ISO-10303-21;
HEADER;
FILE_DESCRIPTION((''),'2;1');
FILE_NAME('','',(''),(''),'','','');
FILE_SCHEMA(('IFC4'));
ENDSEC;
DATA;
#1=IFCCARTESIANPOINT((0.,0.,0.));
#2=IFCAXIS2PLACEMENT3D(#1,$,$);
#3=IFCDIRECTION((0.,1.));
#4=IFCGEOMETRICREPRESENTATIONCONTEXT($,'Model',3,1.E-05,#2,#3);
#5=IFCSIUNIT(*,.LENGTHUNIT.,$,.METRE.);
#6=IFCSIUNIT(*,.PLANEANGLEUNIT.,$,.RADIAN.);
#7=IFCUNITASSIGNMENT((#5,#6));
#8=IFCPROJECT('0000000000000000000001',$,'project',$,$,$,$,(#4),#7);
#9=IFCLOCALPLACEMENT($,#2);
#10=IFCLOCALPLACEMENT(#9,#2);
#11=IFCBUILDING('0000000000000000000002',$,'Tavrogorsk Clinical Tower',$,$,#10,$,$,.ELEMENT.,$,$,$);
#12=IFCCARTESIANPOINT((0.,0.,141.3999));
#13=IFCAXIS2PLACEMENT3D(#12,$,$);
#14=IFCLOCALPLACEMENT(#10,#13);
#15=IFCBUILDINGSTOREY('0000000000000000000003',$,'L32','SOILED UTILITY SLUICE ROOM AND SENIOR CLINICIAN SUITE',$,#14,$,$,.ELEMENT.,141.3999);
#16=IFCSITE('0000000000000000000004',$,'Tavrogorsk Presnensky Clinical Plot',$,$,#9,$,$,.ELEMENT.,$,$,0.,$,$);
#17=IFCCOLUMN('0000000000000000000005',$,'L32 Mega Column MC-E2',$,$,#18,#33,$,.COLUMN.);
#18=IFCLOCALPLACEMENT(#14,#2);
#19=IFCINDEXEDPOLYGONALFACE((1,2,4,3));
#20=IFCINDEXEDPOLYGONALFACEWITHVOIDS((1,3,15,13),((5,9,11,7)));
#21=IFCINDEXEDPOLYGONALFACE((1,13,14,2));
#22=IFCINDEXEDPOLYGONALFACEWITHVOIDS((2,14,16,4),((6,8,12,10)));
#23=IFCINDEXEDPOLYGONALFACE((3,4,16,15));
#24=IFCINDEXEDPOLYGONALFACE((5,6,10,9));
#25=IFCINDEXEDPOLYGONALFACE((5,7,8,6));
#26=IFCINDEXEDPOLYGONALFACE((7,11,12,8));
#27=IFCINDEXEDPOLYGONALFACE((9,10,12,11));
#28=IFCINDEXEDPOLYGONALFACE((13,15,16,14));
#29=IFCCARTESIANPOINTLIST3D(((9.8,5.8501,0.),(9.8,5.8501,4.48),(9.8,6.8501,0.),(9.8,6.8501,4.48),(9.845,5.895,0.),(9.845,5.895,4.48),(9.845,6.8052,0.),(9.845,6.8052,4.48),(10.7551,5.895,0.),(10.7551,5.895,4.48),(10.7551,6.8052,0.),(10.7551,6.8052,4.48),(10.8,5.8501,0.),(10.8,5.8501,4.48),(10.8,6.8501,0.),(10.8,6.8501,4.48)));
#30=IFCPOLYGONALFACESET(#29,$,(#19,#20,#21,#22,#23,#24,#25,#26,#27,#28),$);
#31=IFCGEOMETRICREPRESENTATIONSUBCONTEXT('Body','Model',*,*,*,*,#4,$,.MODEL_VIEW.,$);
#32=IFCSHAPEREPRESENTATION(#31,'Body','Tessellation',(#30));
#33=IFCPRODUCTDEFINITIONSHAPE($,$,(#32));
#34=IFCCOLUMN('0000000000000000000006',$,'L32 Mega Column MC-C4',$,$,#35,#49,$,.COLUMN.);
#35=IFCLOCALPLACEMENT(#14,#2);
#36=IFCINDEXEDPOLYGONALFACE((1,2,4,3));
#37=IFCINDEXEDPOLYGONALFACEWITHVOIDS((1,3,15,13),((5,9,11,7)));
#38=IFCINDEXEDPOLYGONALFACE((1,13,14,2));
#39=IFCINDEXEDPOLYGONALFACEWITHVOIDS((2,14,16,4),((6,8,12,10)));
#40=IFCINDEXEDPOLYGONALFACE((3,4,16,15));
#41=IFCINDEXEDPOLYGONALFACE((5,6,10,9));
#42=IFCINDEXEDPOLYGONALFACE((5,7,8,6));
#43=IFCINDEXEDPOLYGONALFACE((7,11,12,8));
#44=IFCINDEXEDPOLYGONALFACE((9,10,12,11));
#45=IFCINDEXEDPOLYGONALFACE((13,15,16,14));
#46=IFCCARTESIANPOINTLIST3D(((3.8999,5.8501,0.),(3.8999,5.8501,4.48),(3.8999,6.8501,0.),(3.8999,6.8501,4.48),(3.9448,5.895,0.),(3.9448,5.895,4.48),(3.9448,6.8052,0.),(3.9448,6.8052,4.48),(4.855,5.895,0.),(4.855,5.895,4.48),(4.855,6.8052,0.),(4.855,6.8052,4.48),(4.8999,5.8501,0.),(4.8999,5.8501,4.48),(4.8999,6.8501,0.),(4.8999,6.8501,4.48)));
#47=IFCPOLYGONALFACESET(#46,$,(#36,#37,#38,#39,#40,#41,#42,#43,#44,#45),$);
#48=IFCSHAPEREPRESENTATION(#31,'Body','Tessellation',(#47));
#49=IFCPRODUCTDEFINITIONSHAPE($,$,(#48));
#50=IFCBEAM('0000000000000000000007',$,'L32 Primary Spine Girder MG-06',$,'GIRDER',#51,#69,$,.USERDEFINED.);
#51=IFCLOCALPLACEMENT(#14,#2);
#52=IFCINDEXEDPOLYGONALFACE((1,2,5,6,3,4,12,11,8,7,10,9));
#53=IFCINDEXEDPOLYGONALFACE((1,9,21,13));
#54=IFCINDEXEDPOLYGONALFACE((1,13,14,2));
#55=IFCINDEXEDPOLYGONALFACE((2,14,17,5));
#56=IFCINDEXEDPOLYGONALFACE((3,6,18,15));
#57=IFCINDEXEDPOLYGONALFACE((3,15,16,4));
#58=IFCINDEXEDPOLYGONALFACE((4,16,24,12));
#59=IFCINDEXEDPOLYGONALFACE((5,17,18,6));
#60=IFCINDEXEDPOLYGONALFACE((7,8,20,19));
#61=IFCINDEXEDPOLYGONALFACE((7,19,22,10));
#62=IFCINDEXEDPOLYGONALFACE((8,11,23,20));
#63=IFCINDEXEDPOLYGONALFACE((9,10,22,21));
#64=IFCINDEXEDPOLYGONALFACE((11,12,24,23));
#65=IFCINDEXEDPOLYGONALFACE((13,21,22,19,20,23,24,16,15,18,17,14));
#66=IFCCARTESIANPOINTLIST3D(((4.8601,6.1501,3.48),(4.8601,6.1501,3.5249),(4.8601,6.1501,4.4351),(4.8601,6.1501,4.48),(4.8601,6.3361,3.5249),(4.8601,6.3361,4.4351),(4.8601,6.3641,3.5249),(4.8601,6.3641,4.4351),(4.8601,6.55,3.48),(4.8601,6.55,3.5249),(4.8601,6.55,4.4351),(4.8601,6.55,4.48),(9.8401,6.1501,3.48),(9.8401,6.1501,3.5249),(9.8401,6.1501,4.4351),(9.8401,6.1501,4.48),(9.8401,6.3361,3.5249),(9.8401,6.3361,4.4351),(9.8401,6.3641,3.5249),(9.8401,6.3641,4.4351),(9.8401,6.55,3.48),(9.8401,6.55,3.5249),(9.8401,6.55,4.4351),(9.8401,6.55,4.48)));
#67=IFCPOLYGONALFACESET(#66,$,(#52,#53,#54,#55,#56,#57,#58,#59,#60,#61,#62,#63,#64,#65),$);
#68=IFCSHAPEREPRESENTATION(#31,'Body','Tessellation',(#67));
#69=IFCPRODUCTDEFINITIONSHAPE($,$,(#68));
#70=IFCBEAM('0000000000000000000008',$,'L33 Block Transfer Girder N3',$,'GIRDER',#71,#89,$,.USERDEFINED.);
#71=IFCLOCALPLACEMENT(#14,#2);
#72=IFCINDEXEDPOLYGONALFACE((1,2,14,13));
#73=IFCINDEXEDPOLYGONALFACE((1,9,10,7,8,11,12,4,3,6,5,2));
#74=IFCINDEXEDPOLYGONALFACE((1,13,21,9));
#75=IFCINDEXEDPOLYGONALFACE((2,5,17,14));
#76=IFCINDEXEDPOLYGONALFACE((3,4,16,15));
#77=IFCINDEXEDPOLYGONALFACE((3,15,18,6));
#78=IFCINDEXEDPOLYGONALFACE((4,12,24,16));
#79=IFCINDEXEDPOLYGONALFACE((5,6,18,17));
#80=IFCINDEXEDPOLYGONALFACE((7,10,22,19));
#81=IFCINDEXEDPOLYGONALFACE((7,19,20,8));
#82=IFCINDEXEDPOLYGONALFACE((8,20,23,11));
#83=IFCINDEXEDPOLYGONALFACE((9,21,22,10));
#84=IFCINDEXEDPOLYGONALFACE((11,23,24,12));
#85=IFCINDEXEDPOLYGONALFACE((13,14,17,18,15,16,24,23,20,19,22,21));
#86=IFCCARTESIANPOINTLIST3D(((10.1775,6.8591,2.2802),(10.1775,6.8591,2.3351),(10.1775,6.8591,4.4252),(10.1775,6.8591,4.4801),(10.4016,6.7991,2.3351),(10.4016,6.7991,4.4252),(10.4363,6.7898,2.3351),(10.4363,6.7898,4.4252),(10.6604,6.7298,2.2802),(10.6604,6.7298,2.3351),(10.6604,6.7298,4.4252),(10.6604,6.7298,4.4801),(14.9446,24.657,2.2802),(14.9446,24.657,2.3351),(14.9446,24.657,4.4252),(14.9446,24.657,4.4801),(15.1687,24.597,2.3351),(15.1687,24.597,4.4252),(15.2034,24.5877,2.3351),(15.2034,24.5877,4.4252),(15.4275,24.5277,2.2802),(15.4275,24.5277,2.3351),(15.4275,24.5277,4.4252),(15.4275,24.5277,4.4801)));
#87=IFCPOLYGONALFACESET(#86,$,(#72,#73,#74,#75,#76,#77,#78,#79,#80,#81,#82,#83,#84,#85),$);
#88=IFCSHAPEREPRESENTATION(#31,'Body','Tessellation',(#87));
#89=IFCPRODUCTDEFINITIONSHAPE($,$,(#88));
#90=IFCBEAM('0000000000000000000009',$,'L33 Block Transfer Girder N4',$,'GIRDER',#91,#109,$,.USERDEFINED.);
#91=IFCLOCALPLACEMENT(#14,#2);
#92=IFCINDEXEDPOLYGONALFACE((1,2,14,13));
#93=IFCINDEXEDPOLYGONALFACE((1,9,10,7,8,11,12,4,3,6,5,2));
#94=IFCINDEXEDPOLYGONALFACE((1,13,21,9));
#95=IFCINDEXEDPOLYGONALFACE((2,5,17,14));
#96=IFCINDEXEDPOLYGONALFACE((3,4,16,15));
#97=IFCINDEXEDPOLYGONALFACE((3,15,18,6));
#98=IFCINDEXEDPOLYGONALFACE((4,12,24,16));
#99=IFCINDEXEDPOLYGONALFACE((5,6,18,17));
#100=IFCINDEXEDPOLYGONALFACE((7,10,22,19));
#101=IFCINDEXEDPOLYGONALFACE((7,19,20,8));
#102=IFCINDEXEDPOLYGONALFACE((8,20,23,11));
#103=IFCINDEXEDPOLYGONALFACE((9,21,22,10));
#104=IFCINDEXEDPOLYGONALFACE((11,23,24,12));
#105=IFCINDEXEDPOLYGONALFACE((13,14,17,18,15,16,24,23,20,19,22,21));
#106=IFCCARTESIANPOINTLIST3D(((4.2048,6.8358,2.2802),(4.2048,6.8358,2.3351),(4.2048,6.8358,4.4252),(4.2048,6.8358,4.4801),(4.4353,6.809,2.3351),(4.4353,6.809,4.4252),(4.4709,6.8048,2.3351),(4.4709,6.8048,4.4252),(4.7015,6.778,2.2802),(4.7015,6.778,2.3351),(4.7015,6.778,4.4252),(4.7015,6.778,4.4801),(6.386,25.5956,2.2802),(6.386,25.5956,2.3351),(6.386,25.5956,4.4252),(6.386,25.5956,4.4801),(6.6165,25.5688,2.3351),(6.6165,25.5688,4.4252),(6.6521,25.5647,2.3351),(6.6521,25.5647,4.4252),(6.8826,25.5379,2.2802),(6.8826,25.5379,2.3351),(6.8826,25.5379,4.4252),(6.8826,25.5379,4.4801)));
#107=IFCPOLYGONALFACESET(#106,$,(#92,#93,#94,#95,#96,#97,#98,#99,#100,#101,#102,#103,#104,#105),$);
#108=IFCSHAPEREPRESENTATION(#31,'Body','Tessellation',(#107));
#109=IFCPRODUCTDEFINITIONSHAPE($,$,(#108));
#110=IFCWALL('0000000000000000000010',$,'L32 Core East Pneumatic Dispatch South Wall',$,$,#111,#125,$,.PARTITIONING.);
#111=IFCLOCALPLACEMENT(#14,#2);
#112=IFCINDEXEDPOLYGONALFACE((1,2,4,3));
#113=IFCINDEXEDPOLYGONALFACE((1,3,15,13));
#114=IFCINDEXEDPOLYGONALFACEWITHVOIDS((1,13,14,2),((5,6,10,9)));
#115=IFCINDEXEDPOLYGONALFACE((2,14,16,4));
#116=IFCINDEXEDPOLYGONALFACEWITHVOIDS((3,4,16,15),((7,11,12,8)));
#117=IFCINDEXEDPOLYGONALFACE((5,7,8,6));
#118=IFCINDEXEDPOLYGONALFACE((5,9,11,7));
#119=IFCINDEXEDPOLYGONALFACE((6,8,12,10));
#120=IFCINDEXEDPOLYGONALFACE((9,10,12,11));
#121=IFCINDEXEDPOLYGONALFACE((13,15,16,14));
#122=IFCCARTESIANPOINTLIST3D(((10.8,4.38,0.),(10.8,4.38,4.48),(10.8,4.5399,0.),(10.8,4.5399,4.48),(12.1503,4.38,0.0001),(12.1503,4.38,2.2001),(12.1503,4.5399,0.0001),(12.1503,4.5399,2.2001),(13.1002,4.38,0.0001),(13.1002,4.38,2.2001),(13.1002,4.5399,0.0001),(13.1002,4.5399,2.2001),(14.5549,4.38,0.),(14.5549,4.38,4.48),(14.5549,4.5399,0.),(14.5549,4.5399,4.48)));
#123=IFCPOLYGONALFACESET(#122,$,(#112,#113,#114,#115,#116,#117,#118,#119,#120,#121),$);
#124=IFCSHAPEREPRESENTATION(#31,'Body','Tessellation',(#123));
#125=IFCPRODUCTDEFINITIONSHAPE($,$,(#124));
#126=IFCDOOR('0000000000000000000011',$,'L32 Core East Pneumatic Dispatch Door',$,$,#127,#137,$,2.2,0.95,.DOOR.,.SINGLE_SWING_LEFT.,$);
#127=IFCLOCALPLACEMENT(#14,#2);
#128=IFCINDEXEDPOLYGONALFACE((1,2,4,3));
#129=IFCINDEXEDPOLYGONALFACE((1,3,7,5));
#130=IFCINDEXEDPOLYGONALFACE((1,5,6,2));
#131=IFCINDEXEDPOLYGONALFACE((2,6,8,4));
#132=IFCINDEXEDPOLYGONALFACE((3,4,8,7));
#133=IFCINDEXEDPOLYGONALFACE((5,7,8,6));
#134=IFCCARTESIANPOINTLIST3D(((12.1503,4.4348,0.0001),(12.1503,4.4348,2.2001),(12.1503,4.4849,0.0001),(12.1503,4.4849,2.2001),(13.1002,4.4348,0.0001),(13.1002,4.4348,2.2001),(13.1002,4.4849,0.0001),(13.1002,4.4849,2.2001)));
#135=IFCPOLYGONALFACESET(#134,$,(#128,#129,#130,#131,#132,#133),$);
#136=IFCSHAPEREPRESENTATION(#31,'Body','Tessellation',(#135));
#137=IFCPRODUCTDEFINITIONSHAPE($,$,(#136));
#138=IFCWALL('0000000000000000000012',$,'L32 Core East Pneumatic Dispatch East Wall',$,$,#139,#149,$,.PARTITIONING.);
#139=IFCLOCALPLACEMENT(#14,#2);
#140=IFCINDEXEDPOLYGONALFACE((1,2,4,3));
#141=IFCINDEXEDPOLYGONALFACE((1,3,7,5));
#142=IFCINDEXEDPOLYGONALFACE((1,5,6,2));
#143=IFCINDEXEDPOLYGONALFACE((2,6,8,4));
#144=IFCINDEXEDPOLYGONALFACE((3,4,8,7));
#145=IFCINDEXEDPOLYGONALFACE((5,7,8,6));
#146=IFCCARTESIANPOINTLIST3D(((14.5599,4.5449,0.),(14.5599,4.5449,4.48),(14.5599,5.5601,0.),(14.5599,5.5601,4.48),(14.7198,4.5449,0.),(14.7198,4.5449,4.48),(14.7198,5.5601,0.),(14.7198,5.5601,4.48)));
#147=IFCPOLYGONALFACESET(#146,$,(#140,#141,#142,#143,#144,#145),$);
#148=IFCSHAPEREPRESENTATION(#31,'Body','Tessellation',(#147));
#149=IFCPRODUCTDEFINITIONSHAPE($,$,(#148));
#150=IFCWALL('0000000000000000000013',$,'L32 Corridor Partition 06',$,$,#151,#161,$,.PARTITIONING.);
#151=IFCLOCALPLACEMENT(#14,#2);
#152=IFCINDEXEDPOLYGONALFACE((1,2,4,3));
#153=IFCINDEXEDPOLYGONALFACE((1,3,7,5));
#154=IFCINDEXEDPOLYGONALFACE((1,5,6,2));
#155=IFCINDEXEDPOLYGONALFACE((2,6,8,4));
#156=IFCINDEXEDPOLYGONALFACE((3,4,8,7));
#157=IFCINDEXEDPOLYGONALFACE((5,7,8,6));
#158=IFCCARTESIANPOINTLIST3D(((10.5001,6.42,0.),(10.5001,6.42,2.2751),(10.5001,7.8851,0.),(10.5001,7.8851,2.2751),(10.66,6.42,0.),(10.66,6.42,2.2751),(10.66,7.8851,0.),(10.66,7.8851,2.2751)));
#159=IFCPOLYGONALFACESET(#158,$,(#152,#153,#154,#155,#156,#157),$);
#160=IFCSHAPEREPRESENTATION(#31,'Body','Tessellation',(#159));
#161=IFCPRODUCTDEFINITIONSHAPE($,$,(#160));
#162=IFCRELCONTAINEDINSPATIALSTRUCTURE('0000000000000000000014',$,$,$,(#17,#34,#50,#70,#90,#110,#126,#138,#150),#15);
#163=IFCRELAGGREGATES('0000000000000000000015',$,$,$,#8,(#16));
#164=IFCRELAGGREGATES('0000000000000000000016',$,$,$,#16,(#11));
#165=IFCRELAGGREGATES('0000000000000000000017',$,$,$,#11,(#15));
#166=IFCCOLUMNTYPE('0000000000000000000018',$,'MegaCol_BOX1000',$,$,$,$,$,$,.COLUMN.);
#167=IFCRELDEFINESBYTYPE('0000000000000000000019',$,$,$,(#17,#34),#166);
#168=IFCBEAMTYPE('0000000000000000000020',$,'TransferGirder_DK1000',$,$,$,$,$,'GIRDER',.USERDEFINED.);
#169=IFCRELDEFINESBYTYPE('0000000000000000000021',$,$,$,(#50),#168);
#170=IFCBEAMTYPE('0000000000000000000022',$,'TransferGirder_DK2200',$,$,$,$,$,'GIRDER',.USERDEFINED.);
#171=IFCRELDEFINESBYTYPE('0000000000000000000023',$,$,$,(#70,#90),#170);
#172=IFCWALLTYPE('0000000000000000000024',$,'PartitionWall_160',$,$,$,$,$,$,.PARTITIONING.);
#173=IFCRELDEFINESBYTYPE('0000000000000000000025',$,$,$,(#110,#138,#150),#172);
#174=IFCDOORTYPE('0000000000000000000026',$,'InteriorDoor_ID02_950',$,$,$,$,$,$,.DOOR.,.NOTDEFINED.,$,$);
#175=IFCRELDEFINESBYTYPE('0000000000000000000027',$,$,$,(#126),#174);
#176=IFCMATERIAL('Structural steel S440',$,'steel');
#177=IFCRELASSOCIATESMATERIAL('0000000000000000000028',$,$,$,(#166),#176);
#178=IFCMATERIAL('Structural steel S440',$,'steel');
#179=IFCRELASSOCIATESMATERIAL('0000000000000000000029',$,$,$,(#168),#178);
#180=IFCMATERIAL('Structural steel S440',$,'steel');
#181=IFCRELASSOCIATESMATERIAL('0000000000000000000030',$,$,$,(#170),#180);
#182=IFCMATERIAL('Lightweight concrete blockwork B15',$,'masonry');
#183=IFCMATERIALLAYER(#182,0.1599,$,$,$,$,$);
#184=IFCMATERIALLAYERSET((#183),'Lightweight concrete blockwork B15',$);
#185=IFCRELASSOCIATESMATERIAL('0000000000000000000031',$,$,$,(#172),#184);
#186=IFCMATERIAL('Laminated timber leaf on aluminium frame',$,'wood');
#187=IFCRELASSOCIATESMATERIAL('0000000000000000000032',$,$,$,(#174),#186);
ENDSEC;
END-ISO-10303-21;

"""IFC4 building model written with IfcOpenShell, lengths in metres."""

from ifc_helpers import new_model, si_unit, direction, frame, frame_2d, origin, origin_2d, place, context, subcontext, project, spatial, rectangle, hollow_rectangle, i_section, extrude, material, layer, layer_set, material_profile, profile_set, type_object, element, fill, save


model = new_model("IFC4")

# Units and contexts
model_context = context("Model", 3, precision=1e-05, world=origin(), true_north=direction((0.0, 1.0)))
body_context = subcontext(model_context, "Body", "Model", "MODEL_VIEW")
ifc_project = project(units=[si_unit("LENGTHUNIT", "METRE"), si_unit("PLANEANGLEUNIT", "RADIAN")], contexts=[model_context])

# Site, building, storey
site_placement = place(None, origin())
site = spatial("IfcSite", under=ifc_project, at=site_placement, Name="Tavrogorsk Presnensky Clinical Plot", CompositionType="ELEMENT", RefElevation=0.0)
building_placement = place(site_placement, origin())
building = spatial("IfcBuilding", under=site, at=building_placement, Name="Tavrogorsk Clinical Tower", CompositionType="ELEMENT")
storey_placement = place(building_placement, frame((0.0, 0.0, 141.3999)))
storey = spatial("IfcBuildingStorey", under=building, at=storey_placement, Name="L32", Description="SOILED UTILITY SLUICE ROOM AND SENIOR CLINICIAN SUITE", CompositionType="ELEMENT", Elevation=141.3999)

# Columns
ifc_material_1 = material(Name="Structural steel S440", Category="steel")
ifc_material_profile_1 = material_profile(ifc_material_1, hollow_rectangle(XDim=1.0, YDim=1.0, WallThickness=0.0449, at=origin_2d()), Name="BOX-1000x1000x45")
ifc_profile_set_1 = profile_set([ifc_material_profile_1], Name="Structural steel S440")
column_type = type_object("IfcColumnType", Name="MegaCol_BOX1000", PredefinedType="COLUMN", material=ifc_profile_set_1)
for number, where, z_axis, x_axis, name in (
    (1, (10.3, 6.3501, 0.0), (0.0, 0.0, 1.0), (1.0, 0.0, 0.0), "L32 Mega Column MC-E2"),
    (2, (4.3999, 6.3501, 0.0), (0.0, 0.0, 1.0), (1.0, 0.0, 0.0), "L32 Mega Column MC-C4"),
):
    element("IfcColumn", number, at=place(storey_placement, frame(where, z_axis=z_axis, x_axis=x_axis)), inside=storey, type_object=column_type, Name=name, PredefinedType="COLUMN", context=body_context, shape_type="SweptSolid", body=[
        extrude(hollow_rectangle(XDim=1.0, YDim=1.0, WallThickness=0.0449, at=origin_2d()), origin(), (0.0, 0.0, 1.0), 4.48),
    ])

# Beams
ifc_material_2 = material(Name="Structural steel S440", Category="steel")
ifc_material_profile_2 = material_profile(ifc_material_2, i_section(OverallWidth=0.3999, OverallDepth=1.0, WebThickness=0.0281, FlangeThickness=0.0449, at=origin_2d()), Name="DK-1000x400x28x45")
ifc_profile_set_2 = profile_set([ifc_material_profile_2], Name="Structural steel S440")
beam_type_1 = type_object("IfcBeamType", Name="TransferGirder_DK1000", ElementType="GIRDER", PredefinedType="USERDEFINED", material=ifc_profile_set_2)
beam_1_placement = place(storey_placement, frame((4.8601, 6.3501, 3.98), z_axis=(1.0, 0.0, 0.0), x_axis=(0.0, 1.0, 0.0)))
element("IfcBeam", 3, at=beam_1_placement, inside=storey, type_object=beam_type_1, Name="L32 Primary Spine Girder MG-06", ObjectType="GIRDER", PredefinedType="USERDEFINED", context=body_context, shape_type="SweptSolid", body=[
    extrude(i_section(OverallWidth=0.3999, OverallDepth=1.0, WebThickness=0.0281, FlangeThickness=0.0449, at=origin_2d()), origin(), (0.0, 0.0, 1.0), 4.98),
])
ifc_material_3 = material(Name="Structural steel S440", Category="steel")
ifc_material_profile_3 = material_profile(ifc_material_3, i_section(OverallWidth=0.5, OverallDepth=2.2, WebThickness=0.0359, FlangeThickness=0.0549, at=origin_2d()), Name="DK-2200x500x36x55")
ifc_profile_set_3 = profile_set([ifc_material_profile_3], Name="Structural steel S440")
beam_type_2 = type_object("IfcBeamType", Name="TransferGirder_DK2200", ElementType="GIRDER", PredefinedType="USERDEFINED", material=ifc_profile_set_3)
beam_2_placement = place(storey_placement, frame((10.4189, 6.7944, 3.3801), z_axis=(0.258726, 0.965951, 0.0), x_axis=(-0.965951, 0.258726, 0.0)))
element("IfcBeam", 4, at=beam_2_placement, inside=storey, type_object=beam_type_2, Name="L33 Block Transfer Girder N3", ObjectType="GIRDER", PredefinedType="USERDEFINED", context=body_context, shape_type="SweptSolid", body=[
    extrude(i_section(OverallWidth=0.5, OverallDepth=2.2, WebThickness=0.0359, FlangeThickness=0.0549, at=origin_2d()), origin(), (0.0, 0.0, 1.0), 18.4253),
])
beam_3_placement = place(storey_placement, frame((4.4531, 6.8069, 3.3801), z_axis=(0.11549, 0.993309, 0.0), x_axis=(-0.993309, 0.11549, 0.0)))
element("IfcBeam", 5, at=beam_3_placement, inside=storey, type_object=beam_type_2, Name="L33 Block Transfer Girder N4", ObjectType="GIRDER", PredefinedType="USERDEFINED", context=body_context, shape_type="SweptSolid", body=[
    extrude(i_section(OverallWidth=0.5, OverallDepth=2.2, WebThickness=0.0359, FlangeThickness=0.0549, at=origin_2d()), origin(), (0.0, 0.0, 1.0), 18.8862),
])

# Wall, opening, door
ifc_material_4 = material(Name="Lightweight concrete blockwork B15", Category="masonry")
ifc_layer_1 = layer(ifc_material_4, 0.1599)
ifc_layer_set_1 = layer_set([ifc_layer_1], Name="Lightweight concrete blockwork B15")
wall_type_1 = type_object("IfcWallType", Name="PartitionWall_160", PredefinedType="PARTITIONING", material=ifc_layer_set_1)
wall_1_placement = place(storey_placement, frame((10.8, 4.46, 0.0), z_axis=(0.0, 0.0, 1.0), x_axis=(1.0, 0.0, 0.0)))
wall_1 = element("IfcWall", 6, at=wall_1_placement, inside=storey, type_object=wall_type_1, Name="L32 Core East Pneumatic Dispatch South Wall", PredefinedType="PARTITIONING", context=body_context, shape_type="SweptSolid", body=[
    extrude(rectangle(XDim=3.7549, YDim=0.1599, at=frame_2d((1.8774, 0.0))), origin(), (0.0, 0.0, 1.0), 4.48),
])
opening_1_placement = place(wall_1_placement, frame((1.3501, 0.0, 0.0)))
opening_1 = element("IfcOpeningElement", 7, at=opening_1_placement, cuts=wall_1, PredefinedType="OPENING", context=body_context, shape_type="SweptSolid", body=[
    extrude(rectangle(XDim=0.95, YDim=2.2, at=frame_2d((0.4751, 1.1001))), frame((0.0, 0.0898, 0.0), z_axis=(0.0, -1.0, 0.0), x_axis=(1.0, 0.0, 0.0)), (0.0, 0.0, 1.0), 0.1799),
])
ifc_material_5 = material(Name="Laminated timber leaf on aluminium frame", Category="wood")
door_type_1 = type_object("IfcDoorType", Name="InteriorDoor_ID02_950", OperationType="NOTDEFINED", PredefinedType="DOOR", material=ifc_material_5)
door_1_placement = place(opening_1_placement, origin())
door_1 = element("IfcDoor", 8, at=door_1_placement, inside=storey, type_object=door_type_1, Name="L32 Core East Pneumatic Dispatch Door", OperationType="SINGLE_SWING_LEFT", OverallHeight=2.2, OverallWidth=0.95, PredefinedType="DOOR", context=body_context, shape_type="SweptSolid", body=[
    extrude(rectangle(XDim=0.95, YDim=2.2, at=frame_2d((0.4751, 1.1001))), frame((0.0, 0.0249, 0.0), z_axis=(0.0, -1.0, 0.0), x_axis=(1.0, 0.0, 0.0)), (0.0, 0.0, 1.0), 0.05),
])
fill(opening_1, door_1)

# Walls
wall_2_placement = place(storey_placement, frame((14.6399, 4.5449, 0.0), z_axis=(0.0, 0.0, 1.0), x_axis=(0.0, 1.0, 0.0)))
element("IfcWall", 9, at=wall_2_placement, inside=storey, type_object=wall_type_1, Name="L32 Core East Pneumatic Dispatch East Wall", PredefinedType="PARTITIONING", context=body_context, shape_type="SweptSolid", body=[
    extrude(rectangle(XDim=1.0151, YDim=0.1599, at=frame_2d((0.5076, 0.0))), origin(), (0.0, 0.0, 1.0), 4.48),
])
wall_3_placement = place(storey_placement, frame((10.5801, 7.885, 0.0), z_axis=(0.0, 0.0, 1.0), x_axis=(0.0, -1.0, 0.0)))
element("IfcWall", 10, at=wall_3_placement, inside=storey, type_object=wall_type_1, Name="L32 Corridor Partition 06", PredefinedType="PARTITIONING", context=body_context, shape_type="SweptSolid", body=[
    extrude(rectangle(XDim=1.4651, YDim=0.1599, at=frame_2d((0.7324, 0.0))), origin(), (0.0, 0.0, 1.0), 2.2751),
])

save(model, "model.ifc")
